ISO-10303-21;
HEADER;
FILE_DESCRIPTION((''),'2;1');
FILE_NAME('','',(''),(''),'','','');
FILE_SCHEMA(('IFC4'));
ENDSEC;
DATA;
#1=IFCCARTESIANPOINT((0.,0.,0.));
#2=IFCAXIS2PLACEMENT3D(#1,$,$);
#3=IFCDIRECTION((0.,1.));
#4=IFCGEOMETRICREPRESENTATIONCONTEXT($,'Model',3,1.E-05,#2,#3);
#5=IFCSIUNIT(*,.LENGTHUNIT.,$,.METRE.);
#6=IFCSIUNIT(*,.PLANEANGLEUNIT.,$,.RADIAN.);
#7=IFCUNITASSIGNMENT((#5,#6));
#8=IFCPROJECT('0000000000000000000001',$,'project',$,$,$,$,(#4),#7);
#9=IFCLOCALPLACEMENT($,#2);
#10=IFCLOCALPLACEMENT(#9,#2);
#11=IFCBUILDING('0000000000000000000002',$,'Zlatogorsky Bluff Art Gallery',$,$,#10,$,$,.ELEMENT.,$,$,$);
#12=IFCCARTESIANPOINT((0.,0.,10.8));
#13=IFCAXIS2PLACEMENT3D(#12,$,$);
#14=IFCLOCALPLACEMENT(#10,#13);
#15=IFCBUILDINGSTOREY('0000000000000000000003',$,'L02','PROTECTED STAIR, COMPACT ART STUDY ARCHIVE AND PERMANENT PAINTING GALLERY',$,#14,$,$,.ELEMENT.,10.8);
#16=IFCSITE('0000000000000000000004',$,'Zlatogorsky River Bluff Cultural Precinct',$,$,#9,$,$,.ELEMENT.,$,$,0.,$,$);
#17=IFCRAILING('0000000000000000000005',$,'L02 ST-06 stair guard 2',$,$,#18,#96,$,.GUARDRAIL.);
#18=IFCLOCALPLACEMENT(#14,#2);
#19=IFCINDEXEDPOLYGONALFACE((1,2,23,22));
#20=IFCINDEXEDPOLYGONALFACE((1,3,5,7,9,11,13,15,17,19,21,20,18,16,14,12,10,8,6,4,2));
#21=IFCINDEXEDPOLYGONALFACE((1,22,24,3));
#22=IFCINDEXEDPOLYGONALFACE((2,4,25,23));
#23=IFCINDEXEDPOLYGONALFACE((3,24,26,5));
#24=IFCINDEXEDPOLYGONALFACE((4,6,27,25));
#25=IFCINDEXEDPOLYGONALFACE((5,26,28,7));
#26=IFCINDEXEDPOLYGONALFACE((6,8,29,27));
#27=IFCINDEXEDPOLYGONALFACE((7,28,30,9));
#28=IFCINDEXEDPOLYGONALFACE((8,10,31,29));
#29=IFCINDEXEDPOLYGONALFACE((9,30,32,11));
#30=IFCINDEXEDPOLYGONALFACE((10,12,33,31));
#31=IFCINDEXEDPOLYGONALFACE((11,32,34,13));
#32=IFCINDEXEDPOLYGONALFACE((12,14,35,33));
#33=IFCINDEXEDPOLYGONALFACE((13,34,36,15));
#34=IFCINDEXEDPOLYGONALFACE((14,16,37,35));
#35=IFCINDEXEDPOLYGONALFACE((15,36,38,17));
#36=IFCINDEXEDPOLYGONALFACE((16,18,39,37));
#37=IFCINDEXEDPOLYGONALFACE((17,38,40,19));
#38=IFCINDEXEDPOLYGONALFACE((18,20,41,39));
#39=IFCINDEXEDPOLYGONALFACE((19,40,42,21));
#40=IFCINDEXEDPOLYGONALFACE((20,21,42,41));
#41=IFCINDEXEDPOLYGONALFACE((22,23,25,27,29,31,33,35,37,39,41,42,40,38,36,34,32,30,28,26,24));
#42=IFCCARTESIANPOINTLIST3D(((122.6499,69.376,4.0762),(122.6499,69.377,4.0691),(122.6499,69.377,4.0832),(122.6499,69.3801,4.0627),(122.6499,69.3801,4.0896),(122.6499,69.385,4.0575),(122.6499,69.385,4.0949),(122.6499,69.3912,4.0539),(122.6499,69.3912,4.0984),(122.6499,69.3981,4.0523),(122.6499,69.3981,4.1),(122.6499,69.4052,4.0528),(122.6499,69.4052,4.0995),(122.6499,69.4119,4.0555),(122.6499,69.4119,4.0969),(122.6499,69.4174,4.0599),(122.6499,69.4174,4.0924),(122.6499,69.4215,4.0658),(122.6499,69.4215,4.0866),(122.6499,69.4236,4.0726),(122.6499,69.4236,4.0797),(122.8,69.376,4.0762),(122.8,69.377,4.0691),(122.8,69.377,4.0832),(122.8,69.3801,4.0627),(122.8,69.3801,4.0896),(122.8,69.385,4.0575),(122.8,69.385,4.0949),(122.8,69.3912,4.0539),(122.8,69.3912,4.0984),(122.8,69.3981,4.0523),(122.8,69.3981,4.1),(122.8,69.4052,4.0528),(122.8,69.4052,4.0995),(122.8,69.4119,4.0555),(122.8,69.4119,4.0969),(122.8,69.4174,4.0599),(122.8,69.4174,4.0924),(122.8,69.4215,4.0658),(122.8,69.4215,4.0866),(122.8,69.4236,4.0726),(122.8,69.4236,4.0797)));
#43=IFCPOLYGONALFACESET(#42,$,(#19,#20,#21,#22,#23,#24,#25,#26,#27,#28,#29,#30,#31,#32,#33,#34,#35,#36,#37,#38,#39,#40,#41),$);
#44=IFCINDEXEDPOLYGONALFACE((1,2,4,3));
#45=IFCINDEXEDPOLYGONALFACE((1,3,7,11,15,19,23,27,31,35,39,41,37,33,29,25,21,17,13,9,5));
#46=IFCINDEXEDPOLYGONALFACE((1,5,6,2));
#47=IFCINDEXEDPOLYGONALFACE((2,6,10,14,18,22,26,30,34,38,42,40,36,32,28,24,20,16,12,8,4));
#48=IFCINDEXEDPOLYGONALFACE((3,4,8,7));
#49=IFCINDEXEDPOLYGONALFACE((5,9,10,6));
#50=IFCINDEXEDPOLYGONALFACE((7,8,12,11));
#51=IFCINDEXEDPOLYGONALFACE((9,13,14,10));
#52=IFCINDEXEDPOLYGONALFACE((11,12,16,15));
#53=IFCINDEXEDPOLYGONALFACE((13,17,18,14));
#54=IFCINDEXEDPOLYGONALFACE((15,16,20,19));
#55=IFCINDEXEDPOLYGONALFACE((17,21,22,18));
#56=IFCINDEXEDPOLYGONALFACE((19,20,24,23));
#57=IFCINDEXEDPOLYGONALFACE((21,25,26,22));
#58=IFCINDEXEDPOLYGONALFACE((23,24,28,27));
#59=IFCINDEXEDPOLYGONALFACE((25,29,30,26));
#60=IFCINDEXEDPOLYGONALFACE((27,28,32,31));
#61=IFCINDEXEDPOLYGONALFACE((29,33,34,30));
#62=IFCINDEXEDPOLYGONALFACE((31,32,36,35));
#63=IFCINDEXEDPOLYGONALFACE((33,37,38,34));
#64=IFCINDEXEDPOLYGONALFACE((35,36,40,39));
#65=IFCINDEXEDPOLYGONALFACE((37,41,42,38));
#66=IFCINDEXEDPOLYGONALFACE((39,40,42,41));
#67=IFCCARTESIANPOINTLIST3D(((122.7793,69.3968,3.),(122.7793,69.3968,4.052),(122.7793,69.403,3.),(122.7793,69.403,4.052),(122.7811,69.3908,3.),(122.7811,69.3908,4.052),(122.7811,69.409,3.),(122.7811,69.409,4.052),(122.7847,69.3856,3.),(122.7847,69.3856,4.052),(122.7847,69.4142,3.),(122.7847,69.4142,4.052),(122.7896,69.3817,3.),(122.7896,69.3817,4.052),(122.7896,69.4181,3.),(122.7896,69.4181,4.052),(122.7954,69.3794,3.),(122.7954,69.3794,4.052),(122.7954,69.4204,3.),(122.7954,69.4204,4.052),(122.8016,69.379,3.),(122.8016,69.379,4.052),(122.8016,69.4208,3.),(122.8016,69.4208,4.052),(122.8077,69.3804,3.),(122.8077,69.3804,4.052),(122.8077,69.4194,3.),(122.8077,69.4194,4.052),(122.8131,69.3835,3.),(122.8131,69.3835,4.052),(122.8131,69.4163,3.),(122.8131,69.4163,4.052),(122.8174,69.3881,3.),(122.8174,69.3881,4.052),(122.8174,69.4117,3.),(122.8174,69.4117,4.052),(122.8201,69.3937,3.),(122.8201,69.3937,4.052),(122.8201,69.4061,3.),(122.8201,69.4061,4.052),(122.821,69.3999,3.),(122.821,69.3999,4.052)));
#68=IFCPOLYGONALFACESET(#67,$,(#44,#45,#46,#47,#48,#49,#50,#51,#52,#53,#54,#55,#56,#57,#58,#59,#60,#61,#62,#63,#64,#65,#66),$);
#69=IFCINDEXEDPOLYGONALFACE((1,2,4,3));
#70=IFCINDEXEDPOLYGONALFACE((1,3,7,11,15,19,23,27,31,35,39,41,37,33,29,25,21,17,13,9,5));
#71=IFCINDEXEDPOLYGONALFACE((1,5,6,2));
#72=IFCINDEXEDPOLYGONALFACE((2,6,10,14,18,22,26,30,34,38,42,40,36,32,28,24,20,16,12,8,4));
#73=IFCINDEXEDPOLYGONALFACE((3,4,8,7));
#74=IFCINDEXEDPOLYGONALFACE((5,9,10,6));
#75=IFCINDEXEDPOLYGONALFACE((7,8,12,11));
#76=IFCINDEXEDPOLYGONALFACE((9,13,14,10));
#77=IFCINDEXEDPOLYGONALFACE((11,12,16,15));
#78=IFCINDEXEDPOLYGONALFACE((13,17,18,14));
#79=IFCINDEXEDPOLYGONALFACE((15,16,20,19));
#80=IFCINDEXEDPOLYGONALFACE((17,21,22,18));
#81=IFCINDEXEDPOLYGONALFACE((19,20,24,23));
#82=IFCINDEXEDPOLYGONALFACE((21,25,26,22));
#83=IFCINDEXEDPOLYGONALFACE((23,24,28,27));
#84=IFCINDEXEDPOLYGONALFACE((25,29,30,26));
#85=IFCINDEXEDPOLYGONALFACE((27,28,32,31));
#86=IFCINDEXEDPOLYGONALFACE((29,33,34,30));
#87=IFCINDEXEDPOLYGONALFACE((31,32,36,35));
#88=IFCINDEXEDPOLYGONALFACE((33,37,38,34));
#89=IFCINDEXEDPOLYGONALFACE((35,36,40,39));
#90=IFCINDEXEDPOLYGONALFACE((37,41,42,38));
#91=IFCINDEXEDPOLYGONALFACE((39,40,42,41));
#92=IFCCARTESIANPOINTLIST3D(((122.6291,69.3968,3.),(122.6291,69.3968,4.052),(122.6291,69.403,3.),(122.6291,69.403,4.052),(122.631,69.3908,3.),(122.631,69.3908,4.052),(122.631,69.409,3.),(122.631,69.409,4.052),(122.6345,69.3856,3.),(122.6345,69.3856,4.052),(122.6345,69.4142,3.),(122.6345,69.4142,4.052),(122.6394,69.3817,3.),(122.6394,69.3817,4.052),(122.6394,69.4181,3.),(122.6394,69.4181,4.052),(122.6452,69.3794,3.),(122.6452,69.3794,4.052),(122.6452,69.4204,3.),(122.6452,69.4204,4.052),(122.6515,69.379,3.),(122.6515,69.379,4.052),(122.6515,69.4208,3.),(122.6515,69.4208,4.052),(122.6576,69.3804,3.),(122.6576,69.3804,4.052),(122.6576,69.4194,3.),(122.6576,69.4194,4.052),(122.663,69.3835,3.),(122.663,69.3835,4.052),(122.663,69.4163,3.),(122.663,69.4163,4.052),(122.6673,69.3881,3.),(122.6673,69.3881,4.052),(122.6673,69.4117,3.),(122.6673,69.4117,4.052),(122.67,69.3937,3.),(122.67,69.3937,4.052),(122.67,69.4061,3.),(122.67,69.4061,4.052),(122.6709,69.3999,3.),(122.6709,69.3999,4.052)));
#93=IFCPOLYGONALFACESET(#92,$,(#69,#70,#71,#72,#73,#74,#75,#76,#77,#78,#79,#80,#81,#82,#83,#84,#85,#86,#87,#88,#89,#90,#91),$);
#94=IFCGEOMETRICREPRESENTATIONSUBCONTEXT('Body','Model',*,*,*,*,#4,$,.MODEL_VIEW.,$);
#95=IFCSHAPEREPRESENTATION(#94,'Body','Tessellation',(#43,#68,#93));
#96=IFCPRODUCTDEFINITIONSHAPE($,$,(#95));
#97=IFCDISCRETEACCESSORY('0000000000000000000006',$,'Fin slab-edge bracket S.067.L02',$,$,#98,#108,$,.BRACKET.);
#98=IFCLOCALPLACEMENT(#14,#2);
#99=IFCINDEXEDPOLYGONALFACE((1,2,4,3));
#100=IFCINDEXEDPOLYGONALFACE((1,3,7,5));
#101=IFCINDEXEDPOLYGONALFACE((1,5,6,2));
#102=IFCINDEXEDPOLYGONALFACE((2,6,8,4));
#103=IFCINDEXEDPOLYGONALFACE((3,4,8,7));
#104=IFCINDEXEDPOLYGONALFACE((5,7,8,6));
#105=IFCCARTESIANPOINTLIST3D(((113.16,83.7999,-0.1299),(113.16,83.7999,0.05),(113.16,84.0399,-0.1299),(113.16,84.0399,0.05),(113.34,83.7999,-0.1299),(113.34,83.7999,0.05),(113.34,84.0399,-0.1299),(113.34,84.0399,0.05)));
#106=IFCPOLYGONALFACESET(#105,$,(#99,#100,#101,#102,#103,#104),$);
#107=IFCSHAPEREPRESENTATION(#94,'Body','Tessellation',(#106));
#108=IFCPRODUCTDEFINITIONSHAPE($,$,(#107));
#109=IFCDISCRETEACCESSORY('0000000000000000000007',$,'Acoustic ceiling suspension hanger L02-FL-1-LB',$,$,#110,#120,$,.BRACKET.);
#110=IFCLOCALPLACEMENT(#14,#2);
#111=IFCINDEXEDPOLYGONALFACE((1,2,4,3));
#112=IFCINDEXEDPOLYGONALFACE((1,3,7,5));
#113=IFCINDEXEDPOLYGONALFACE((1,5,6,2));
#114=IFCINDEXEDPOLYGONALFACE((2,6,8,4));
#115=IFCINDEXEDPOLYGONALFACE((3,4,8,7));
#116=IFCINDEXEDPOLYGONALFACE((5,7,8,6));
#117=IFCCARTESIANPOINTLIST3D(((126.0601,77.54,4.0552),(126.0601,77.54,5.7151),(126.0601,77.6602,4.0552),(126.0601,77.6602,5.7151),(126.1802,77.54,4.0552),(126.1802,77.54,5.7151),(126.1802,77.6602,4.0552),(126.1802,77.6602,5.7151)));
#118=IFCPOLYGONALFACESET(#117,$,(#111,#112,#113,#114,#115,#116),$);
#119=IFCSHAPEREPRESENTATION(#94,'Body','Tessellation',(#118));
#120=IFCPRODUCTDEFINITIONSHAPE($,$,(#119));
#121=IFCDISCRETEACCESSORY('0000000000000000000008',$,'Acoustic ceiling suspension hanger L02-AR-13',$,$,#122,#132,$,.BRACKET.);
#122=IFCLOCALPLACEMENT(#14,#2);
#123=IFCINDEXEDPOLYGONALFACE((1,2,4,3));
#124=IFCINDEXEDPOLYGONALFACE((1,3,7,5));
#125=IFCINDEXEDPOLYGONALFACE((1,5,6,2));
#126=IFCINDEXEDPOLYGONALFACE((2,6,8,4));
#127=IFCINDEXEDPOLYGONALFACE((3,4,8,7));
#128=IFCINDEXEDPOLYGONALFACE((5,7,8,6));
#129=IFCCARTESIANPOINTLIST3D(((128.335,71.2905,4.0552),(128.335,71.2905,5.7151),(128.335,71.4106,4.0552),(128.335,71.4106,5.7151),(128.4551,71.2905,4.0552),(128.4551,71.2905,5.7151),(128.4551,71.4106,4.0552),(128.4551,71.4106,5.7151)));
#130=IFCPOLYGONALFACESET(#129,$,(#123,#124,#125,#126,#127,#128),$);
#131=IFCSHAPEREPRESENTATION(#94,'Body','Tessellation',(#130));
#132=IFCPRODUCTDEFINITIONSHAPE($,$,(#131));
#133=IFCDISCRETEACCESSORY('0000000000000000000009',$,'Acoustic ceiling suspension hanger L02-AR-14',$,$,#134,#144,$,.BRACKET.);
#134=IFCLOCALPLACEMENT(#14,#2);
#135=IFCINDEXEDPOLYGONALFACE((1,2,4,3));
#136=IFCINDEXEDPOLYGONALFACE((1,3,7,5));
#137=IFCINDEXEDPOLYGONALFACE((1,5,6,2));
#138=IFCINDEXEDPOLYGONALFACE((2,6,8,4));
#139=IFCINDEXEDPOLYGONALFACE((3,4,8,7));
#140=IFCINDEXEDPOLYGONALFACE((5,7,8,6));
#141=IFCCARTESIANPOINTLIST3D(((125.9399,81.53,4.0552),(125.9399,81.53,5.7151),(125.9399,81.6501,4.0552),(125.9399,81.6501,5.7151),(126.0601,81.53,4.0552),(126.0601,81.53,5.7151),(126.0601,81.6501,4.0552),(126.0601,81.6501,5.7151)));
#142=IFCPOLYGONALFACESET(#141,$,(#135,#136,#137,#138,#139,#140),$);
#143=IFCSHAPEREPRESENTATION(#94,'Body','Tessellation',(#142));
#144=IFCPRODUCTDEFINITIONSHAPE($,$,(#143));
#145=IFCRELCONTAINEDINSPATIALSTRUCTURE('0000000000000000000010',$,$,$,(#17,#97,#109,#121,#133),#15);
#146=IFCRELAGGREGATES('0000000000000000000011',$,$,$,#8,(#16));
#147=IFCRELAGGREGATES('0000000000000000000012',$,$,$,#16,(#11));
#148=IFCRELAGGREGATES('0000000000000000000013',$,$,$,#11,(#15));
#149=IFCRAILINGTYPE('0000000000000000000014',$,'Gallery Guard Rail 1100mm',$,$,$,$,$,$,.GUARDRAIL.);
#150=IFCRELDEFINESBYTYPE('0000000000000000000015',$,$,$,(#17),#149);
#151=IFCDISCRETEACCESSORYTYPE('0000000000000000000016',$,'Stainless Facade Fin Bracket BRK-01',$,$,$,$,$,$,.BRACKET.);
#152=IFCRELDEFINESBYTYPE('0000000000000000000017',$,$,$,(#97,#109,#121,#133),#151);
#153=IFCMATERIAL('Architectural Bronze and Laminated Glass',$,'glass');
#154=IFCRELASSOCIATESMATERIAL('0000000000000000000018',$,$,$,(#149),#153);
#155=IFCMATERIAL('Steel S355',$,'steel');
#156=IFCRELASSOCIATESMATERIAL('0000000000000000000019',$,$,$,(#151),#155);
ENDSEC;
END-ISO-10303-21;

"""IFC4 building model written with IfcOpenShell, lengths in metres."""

from ifc_helpers import new_model, si_unit, direction, frame, origin, origin_2d, place, context, subcontext, project, spatial, rectangle, circle, extrude, material, type_object, element, save


model = new_model("IFC4")

# Units and contexts
model_context = context("Model", 3, precision=1e-05, world=origin(), true_north=direction((0.0, 1.0)))
body_context = subcontext(model_context, "Body", "Model", "MODEL_VIEW")
ifc_project = project(units=[si_unit("LENGTHUNIT", "METRE"), si_unit("PLANEANGLEUNIT", "RADIAN")], contexts=[model_context])

# Site, building, storey
site_placement = place(None, origin())
site = spatial("IfcSite", under=ifc_project, at=site_placement, Name="Zlatogorsky River Bluff Cultural Precinct", CompositionType="ELEMENT", RefElevation=0.0)
building_placement = place(site_placement, origin())
building = spatial("IfcBuilding", under=site, at=building_placement, Name="Zlatogorsky Bluff Art Gallery", CompositionType="ELEMENT")
storey_placement = place(building_placement, frame((0.0, 0.0, 10.8)))
storey = spatial("IfcBuildingStorey", under=building, at=storey_placement, Name="L02", Description="PROTECTED STAIR, COMPACT ART STUDY ARCHIVE AND PERMANENT PAINTING GALLERY", CompositionType="ELEMENT", Elevation=10.8)

# Shared definitions
ifc_material_1 = material(Name="Steel S355", Category="steel")

# Railing
ifc_material_2 = material(Name="Architectural Bronze and Laminated Glass", Category="glass")
railing_type = type_object("IfcRailingType", Name="Gallery Guard Rail 1100mm", PredefinedType="GUARDRAIL", material=ifc_material_2)
railing_placement = place(storey_placement, frame((122.8, 69.3999, 3.0)))
element("IfcRailing", 1, at=railing_placement, inside=storey, type_object=railing_type, Name="L02 ST-06 stair guard 2", PredefinedType="GUARDRAIL", context=body_context, shape_type="SweptSolid", body=[
    extrude(circle(Radius=0.0239, at=origin_2d()), frame((0.0, 0.0, 1.0762), z_axis=(-1.0, 0.0, 0.0), x_axis=(0.0, -1.0, 0.0)), (0.0, 0.0, 1.0), 0.1501),
    extrude(circle(Radius=0.021, at=origin_2d()), origin(), (0.0, 0.0, 1.0), 1.052),
    extrude(circle(Radius=0.021, at=origin_2d()), frame((-0.1501, 0.0, 0.0)), (0.0, 0.0, 1.0), 1.052),
])

# Discrete accessories
discrete_accessory_type = type_object("IfcDiscreteAccessoryType", Name="Stainless Facade Fin Bracket BRK-01", PredefinedType="BRACKET", material=ifc_material_1)
discrete_accessory_placement = place(storey_placement, frame((113.25, 83.9199, -0.1299), z_axis=(0.0, 0.0, 1.0), x_axis=(1.0, 0.0, 0.0)))
element("IfcDiscreteAccessory", 2, at=discrete_accessory_placement, inside=storey, type_object=discrete_accessory_type, Name="Fin slab-edge bracket S.067.L02", PredefinedType="BRACKET", context=body_context, shape_type="SweptSolid", body=[
    extrude(rectangle(XDim=0.1799, YDim=0.24, at=origin_2d()), origin(), (0.0, 0.0, 1.0), 0.1799),
])
for number, where, z_axis, x_axis, name in (
    (3, (126.1201, 77.6001, 4.0552), (0.0, 0.0, 1.0), (1.0, 0.0, 0.0), "Acoustic ceiling suspension hanger L02-FL-1-LB"),
    (4, (128.395, 71.3506, 4.0552), (0.0, 0.0, 1.0), (1.0, 0.0, 0.0), "Acoustic ceiling suspension hanger L02-AR-13"),
    (5, (126.0, 81.5901, 4.0552), (0.0, 0.0, 1.0), (1.0, 0.0, 0.0), "Acoustic ceiling suspension hanger L02-AR-14"),
):
    element("IfcDiscreteAccessory", number, at=place(storey_placement, frame(where, z_axis=z_axis, x_axis=x_axis)), inside=storey, type_object=discrete_accessory_type, Name=name, PredefinedType="BRACKET", context=body_context, shape_type="SweptSolid", body=[
        extrude(rectangle(XDim=0.1201, YDim=0.1201, at=origin_2d()), origin(), (0.0, 0.0, 1.0), 1.6599),
    ])

save(model, "model.ifc")
